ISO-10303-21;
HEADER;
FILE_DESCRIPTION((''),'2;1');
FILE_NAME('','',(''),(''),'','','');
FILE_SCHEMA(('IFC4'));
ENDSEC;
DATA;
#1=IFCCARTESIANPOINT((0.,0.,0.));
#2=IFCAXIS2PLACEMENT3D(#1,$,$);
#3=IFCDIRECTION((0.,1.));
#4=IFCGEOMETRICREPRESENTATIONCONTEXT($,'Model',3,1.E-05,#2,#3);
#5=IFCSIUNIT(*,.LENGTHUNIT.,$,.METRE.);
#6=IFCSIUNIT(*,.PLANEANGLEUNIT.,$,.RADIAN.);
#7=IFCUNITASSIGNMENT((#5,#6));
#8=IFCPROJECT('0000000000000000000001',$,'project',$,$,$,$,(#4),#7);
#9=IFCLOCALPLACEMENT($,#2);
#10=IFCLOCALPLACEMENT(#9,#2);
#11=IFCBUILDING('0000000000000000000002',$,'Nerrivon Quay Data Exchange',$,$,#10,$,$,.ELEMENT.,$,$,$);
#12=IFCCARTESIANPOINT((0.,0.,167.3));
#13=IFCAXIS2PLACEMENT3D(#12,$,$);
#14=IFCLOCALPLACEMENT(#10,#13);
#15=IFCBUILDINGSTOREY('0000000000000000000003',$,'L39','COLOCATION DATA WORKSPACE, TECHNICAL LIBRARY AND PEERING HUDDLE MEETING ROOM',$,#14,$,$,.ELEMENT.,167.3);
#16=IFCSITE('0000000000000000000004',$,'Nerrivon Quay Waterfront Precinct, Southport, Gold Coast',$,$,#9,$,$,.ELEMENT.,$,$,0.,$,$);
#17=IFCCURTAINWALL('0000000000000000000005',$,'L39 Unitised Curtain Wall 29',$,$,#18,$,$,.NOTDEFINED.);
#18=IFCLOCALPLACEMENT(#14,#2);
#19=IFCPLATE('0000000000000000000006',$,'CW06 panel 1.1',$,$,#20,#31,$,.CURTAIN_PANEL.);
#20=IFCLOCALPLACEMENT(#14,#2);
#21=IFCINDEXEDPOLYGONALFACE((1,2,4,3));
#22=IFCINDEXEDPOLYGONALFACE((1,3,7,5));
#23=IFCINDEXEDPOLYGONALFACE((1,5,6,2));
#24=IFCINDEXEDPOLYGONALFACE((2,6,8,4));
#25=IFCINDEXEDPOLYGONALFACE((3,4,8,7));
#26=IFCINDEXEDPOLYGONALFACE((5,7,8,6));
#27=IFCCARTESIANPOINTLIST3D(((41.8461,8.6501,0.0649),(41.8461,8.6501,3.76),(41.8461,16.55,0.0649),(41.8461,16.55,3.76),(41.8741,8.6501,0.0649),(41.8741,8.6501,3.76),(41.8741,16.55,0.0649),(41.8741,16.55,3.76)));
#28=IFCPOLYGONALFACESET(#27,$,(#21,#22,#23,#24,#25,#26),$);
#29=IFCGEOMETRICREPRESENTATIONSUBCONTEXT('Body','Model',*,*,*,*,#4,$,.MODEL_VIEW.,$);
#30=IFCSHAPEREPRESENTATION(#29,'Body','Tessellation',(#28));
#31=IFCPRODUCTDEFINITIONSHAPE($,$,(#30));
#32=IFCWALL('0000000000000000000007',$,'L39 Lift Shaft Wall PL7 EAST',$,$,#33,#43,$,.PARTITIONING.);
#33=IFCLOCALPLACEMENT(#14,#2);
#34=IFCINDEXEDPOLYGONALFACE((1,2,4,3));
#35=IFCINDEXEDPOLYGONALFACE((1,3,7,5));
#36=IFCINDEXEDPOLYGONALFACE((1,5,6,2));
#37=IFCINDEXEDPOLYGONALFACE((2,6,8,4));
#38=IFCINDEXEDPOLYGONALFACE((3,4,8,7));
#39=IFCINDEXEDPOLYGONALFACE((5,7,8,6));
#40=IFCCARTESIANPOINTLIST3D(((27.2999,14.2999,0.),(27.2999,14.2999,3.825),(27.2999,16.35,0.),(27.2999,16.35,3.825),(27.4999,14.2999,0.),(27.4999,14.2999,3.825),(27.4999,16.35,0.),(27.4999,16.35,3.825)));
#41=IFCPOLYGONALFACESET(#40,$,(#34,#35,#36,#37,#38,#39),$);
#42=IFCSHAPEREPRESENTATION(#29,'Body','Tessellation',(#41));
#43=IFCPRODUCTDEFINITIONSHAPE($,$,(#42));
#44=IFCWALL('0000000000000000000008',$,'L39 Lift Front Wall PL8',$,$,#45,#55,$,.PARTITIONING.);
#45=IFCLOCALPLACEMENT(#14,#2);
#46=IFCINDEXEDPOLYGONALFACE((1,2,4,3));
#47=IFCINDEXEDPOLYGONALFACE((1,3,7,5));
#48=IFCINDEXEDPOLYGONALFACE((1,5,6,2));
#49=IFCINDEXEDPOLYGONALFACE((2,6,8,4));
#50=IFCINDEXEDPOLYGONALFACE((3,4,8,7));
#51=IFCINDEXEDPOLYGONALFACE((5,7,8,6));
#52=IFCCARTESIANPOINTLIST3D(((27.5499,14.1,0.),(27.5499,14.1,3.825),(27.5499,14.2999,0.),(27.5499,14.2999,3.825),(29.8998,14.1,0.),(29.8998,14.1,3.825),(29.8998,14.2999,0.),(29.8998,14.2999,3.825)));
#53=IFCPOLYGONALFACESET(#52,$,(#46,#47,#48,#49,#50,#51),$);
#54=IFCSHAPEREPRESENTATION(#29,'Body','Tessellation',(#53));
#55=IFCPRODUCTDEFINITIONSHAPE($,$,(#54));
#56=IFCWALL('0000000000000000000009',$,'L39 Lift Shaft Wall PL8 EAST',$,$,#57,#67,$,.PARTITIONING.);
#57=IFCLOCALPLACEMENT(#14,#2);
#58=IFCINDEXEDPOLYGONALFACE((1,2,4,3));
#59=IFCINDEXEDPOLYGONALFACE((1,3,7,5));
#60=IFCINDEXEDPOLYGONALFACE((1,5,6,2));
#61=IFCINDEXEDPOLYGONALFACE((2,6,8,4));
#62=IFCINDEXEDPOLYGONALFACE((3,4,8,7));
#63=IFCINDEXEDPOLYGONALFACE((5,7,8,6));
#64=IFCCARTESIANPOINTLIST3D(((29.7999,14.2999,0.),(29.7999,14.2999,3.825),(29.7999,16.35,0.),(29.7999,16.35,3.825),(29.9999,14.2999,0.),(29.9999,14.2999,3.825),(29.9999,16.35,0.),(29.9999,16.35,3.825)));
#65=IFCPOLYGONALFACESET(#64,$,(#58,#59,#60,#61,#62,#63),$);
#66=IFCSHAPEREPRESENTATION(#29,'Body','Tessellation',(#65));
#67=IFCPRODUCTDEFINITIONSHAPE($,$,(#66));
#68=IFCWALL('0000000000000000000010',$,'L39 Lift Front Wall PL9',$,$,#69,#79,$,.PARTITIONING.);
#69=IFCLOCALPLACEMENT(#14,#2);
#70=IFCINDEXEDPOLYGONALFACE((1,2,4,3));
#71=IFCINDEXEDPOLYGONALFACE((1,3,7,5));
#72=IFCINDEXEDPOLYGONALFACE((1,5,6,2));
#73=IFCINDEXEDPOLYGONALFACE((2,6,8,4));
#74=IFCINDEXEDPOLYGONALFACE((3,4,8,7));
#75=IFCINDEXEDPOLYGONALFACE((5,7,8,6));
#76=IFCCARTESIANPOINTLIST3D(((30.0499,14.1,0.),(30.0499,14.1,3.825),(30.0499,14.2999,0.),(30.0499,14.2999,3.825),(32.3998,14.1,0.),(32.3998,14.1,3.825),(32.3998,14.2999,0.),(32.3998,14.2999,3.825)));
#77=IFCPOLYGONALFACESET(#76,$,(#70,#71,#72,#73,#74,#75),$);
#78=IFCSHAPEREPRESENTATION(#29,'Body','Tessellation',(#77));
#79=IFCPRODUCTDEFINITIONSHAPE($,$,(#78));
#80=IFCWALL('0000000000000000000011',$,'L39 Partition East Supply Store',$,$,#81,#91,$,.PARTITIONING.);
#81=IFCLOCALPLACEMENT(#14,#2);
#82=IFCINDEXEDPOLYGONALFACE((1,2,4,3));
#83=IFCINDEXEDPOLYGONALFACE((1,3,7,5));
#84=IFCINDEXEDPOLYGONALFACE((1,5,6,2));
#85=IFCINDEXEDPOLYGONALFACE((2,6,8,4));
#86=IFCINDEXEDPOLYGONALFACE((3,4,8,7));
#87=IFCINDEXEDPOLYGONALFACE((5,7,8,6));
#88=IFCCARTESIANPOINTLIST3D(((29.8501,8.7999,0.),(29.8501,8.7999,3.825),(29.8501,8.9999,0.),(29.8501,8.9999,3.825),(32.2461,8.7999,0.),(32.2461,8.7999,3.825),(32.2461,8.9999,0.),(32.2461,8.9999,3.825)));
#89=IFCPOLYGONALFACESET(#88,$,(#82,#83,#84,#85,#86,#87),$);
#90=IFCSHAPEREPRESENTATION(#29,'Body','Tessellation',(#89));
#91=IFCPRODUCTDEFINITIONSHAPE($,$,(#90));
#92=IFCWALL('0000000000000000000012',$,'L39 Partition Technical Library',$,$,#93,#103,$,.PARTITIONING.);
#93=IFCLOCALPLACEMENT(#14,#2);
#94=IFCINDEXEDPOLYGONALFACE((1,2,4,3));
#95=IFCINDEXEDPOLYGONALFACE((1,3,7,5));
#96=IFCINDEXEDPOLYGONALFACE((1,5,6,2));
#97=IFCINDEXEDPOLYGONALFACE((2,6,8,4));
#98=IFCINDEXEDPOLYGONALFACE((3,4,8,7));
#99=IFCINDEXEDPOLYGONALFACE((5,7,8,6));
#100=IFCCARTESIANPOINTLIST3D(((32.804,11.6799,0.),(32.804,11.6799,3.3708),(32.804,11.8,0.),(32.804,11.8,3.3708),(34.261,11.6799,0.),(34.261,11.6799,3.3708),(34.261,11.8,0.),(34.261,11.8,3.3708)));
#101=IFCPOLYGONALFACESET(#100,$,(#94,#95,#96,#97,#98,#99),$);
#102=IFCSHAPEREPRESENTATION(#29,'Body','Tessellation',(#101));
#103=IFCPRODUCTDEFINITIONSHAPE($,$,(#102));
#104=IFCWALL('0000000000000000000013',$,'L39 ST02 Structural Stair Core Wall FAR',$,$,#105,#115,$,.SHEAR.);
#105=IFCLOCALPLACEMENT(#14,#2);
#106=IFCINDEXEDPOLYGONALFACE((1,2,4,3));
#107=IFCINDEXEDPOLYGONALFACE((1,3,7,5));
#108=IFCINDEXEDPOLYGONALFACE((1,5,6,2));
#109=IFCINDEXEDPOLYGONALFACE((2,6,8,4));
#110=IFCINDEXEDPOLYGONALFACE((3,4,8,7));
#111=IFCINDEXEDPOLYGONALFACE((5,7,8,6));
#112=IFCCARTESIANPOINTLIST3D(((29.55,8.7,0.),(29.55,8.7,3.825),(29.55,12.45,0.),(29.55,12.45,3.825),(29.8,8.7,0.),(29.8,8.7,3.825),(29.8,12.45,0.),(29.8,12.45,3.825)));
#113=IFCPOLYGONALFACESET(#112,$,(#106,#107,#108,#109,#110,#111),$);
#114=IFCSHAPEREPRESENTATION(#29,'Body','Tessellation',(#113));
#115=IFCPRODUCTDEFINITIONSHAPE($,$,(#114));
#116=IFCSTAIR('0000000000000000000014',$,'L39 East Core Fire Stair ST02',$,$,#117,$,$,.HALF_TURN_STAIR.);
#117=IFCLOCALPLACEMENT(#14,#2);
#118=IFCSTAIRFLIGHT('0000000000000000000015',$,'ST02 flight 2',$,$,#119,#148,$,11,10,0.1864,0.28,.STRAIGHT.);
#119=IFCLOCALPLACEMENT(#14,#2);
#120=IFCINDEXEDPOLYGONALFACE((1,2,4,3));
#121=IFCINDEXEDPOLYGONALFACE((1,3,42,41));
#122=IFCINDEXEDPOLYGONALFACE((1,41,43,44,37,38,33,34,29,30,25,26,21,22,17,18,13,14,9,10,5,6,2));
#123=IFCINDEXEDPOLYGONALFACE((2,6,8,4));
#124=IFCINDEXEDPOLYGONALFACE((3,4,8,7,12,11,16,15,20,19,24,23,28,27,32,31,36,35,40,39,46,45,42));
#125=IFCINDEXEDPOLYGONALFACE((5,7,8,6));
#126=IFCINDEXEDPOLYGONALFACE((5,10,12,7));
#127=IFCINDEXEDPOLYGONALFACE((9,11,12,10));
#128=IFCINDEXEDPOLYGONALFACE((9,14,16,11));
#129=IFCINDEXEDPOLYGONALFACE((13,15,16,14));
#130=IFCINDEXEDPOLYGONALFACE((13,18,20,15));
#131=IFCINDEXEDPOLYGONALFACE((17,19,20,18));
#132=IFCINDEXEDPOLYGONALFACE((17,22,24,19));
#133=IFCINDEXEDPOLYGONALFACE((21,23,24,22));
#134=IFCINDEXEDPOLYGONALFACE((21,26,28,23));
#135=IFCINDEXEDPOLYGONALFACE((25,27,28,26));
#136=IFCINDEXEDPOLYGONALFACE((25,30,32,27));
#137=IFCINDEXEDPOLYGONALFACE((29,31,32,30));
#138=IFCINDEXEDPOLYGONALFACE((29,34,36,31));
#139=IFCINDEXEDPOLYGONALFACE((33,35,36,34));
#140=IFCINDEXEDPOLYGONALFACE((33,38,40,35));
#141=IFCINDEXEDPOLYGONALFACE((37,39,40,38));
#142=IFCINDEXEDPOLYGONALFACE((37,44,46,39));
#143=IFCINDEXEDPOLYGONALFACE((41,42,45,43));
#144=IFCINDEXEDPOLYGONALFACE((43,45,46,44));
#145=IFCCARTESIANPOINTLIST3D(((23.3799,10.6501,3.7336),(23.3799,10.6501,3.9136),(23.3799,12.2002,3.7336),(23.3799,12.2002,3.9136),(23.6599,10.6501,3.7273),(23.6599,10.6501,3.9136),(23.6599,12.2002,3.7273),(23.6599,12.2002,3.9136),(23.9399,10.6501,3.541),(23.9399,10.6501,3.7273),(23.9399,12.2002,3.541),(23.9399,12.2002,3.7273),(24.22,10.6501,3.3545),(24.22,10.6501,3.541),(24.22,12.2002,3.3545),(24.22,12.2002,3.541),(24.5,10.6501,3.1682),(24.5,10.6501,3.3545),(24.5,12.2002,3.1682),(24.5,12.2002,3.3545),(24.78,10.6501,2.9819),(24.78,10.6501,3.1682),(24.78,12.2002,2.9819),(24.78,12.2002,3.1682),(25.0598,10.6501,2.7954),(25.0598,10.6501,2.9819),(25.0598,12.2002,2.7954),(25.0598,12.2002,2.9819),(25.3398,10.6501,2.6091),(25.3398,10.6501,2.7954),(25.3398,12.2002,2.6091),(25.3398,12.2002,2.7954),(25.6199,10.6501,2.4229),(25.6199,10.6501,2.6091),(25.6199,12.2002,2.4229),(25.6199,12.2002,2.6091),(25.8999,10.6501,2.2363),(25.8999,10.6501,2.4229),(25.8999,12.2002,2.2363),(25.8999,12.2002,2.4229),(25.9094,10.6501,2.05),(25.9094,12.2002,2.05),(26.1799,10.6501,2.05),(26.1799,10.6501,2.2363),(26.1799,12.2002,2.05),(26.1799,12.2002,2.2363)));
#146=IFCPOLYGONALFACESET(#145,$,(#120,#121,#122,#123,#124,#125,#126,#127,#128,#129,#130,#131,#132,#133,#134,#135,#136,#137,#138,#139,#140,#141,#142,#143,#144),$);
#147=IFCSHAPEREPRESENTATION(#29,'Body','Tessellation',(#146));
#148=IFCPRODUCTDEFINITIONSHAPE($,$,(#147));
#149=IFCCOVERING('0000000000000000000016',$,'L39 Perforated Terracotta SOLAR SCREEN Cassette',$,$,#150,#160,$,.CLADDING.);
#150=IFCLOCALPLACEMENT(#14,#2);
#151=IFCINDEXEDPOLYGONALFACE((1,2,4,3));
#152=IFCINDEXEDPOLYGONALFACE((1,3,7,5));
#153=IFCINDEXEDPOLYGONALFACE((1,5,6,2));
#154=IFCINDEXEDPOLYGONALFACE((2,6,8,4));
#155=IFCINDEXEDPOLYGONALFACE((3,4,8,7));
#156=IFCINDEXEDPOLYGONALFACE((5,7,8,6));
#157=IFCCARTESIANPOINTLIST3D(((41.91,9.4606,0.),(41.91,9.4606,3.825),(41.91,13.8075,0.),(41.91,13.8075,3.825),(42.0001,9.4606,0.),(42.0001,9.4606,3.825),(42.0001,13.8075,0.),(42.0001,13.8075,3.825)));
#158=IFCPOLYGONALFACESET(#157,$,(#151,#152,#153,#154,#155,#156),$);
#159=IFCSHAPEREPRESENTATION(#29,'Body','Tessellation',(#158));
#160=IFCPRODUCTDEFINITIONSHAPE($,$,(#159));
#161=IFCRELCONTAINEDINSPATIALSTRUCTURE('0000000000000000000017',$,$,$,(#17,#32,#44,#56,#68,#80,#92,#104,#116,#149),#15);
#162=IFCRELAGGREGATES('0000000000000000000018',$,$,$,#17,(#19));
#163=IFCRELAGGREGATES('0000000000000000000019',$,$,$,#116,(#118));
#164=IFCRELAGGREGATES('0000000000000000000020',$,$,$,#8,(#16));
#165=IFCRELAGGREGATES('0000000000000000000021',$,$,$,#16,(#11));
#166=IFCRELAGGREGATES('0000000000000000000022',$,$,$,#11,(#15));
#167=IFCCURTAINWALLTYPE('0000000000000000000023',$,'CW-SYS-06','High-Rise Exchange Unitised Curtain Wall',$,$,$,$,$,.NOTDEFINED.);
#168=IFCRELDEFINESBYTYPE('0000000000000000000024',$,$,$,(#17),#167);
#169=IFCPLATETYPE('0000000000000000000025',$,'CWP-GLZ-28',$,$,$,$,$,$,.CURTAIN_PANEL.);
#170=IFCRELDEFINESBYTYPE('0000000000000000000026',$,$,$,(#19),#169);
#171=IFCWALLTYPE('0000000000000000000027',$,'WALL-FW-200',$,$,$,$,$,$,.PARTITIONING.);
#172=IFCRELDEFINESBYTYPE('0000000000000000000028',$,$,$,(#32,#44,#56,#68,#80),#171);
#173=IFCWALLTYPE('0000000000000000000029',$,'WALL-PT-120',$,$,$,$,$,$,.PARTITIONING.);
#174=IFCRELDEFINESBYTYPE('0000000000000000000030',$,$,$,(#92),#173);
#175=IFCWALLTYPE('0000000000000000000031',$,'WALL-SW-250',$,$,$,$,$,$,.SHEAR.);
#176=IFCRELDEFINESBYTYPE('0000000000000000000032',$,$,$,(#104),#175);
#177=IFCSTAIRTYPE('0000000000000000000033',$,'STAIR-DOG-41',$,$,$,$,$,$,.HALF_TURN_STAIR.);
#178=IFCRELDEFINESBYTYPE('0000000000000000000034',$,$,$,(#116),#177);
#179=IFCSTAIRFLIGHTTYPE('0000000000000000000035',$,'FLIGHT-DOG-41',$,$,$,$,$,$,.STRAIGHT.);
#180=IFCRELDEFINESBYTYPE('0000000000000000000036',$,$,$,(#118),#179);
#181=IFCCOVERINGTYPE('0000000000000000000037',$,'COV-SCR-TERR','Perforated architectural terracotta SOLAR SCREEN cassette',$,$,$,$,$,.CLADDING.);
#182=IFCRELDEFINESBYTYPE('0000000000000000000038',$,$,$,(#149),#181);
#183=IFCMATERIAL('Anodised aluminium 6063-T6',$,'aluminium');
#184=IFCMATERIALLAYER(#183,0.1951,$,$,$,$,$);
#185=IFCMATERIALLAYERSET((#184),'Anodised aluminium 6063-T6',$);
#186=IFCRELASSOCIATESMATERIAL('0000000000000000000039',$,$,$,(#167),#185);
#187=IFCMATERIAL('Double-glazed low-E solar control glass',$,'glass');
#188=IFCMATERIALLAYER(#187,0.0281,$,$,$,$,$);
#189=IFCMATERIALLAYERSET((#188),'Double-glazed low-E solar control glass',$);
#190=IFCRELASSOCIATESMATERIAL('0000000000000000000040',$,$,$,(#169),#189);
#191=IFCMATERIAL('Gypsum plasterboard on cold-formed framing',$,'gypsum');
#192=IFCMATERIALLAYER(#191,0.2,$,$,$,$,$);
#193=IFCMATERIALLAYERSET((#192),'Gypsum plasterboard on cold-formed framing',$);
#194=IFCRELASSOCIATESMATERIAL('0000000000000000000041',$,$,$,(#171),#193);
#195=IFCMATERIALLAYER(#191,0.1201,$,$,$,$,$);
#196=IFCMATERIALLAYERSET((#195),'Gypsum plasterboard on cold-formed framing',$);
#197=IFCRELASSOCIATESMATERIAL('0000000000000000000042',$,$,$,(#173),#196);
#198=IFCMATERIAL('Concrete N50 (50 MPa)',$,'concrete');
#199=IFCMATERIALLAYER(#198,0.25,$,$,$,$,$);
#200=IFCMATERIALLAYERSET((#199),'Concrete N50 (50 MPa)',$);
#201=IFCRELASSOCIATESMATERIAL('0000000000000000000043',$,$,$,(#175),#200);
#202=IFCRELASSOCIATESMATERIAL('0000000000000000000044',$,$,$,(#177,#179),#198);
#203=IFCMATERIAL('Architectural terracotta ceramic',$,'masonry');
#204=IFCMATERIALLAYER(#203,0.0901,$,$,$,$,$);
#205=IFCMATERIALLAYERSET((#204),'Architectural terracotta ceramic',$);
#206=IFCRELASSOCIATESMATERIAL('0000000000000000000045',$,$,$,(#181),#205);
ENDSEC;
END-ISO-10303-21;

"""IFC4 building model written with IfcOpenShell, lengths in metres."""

from ifc_helpers import new_model, si_unit, direction, frame, frame_2d, origin, origin_2d, place, context, subcontext, project, spatial, polyline, rectangle, outline, extrude, material, layer, layer_set, type_object, element, aggregate, save


model = new_model("IFC4")

# Units and contexts
model_context = context("Model", 3, precision=1e-05, world=origin(), true_north=direction((0.0, 1.0)))
body_context = subcontext(model_context, "Body", "Model", "MODEL_VIEW")
ifc_project = project(units=[si_unit("LENGTHUNIT", "METRE"), si_unit("PLANEANGLEUNIT", "RADIAN")], contexts=[model_context])

# Site, building, storey
site_placement = place(None, origin())
site = spatial("IfcSite", under=ifc_project, at=site_placement, Name="Nerrivon Quay Waterfront Precinct, Southport, Gold Coast", CompositionType="ELEMENT", RefElevation=0.0)
building_placement = place(site_placement, origin())
building = spatial("IfcBuilding", under=site, at=building_placement, Name="Nerrivon Quay Data Exchange", CompositionType="ELEMENT")
storey_placement = place(building_placement, frame((0.0, 0.0, 167.3)))
storey = spatial("IfcBuildingStorey", under=building, at=storey_placement, Name="L39", Description="COLOCATION DATA WORKSPACE, TECHNICAL LIBRARY AND PEERING HUDDLE MEETING ROOM", CompositionType="ELEMENT", Elevation=167.3)

# Curtain wall, plate
ifc_material_1 = material(Name="Anodised aluminium 6063-T6", Category="aluminium")
ifc_layer_1 = layer(ifc_material_1, 0.1951)
ifc_layer_set_1 = layer_set([ifc_layer_1], Name="Anodised aluminium 6063-T6")
curtain_wall_type = type_object("IfcCurtainWallType", Name="CW-SYS-06", Description="High-Rise Exchange Unitised Curtain Wall", PredefinedType="NOTDEFINED", material=ifc_layer_set_1)
curtain_wall_placement = place(storey_placement, origin())
curtain_wall = element("IfcCurtainWall", 1, at=curtain_wall_placement, inside=storey, type_object=curtain_wall_type, Name="L39 Unitised Curtain Wall 29", PredefinedType="NOTDEFINED")
ifc_material_2 = material(Name="Double-glazed low-E solar control glass", Category="glass")
ifc_layer_2 = layer(ifc_material_2, 0.0281)
ifc_layer_set_2 = layer_set([ifc_layer_2], Name="Double-glazed low-E solar control glass")
plate_type = type_object("IfcPlateType", Name="CWP-GLZ-28", PredefinedType="CURTAIN_PANEL", material=ifc_layer_set_2)
plate_placement = place(storey_placement, frame((41.8601, 12.6001, 0.0649), z_axis=(0.0, 0.0, 1.0), x_axis=(0.0, -1.0, 0.0)))
plate = element("IfcPlate", 2, at=plate_placement, type_object=plate_type, Name="CW06 panel 1.1", PredefinedType="CURTAIN_PANEL", context=body_context, shape_type="SweptSolid", body=[
    extrude(rectangle(XDim=7.8999, YDim=0.0281, at=origin_2d()), origin(), (0.0, 0.0, 1.0), 3.6951),
])
aggregate(curtain_wall, [plate])

# Walls
ifc_material_3 = material(Name="Gypsum plasterboard on cold-formed framing", Category="gypsum")
ifc_layer_3 = layer(ifc_material_3, 0.2)
ifc_layer_set_3 = layer_set([ifc_layer_3], Name="Gypsum plasterboard on cold-formed framing")
wall_type_1 = type_object("IfcWallType", Name="WALL-FW-200", PredefinedType="PARTITIONING", material=ifc_layer_set_3)
wall_1_placement = place(storey_placement, frame((27.3999, 14.3, 0.0), z_axis=(0.0, 0.0, 1.0), x_axis=(0.0, 1.0, 0.0)))
element("IfcWall", 3, at=wall_1_placement, inside=storey, type_object=wall_type_1, Name="L39 Lift Shaft Wall PL7 EAST", PredefinedType="PARTITIONING", context=body_context, shape_type="SweptSolid", body=[
    extrude(rectangle(XDim=2.05, YDim=0.2, at=frame_2d((1.0249, 0.0))), origin(), (0.0, 0.0, 1.0), 3.825),
])
wall_2_placement = place(storey_placement, frame((27.55, 14.2, 0.0), z_axis=(0.0, 0.0, 1.0), x_axis=(1.0, 0.0, 0.0)))
element("IfcWall", 4, at=wall_2_placement, inside=storey, type_object=wall_type_1, Name="L39 Lift Front Wall PL8", PredefinedType="PARTITIONING", context=body_context, shape_type="SweptSolid", body=[
    extrude(rectangle(XDim=2.3499, YDim=0.2, at=frame_2d((1.1748, 0.0))), origin(), (0.0, 0.0, 1.0), 3.825),
])
wall_3_placement = place(storey_placement, frame((29.8999, 14.3, 0.0), z_axis=(0.0, 0.0, 1.0), x_axis=(0.0, 1.0, 0.0)))
element("IfcWall", 5, at=wall_3_placement, inside=storey, type_object=wall_type_1, Name="L39 Lift Shaft Wall PL8 EAST", PredefinedType="PARTITIONING", context=body_context, shape_type="SweptSolid", body=[
    extrude(rectangle(XDim=2.05, YDim=0.2, at=frame_2d((1.0249, 0.0))), origin(), (0.0, 0.0, 1.0), 3.825),
])
wall_4_placement = place(storey_placement, frame((30.05, 14.2, 0.0), z_axis=(0.0, 0.0, 1.0), x_axis=(1.0, 0.0, 0.0)))
element("IfcWall", 6, at=wall_4_placement, inside=storey, type_object=wall_type_1, Name="L39 Lift Front Wall PL9", PredefinedType="PARTITIONING", context=body_context, shape_type="SweptSolid", body=[
    extrude(rectangle(XDim=2.3499, YDim=0.2, at=frame_2d((1.1748, 0.0))), origin(), (0.0, 0.0, 1.0), 3.825),
])

# Walls
wall_5_placement = place(storey_placement, frame((29.8501, 8.8999, 0.0), z_axis=(0.0, 0.0, 1.0), x_axis=(1.0, 0.0, 0.0)))
element("IfcWall", 7, at=wall_5_placement, inside=storey, type_object=wall_type_1, Name="L39 Partition East Supply Store", PredefinedType="PARTITIONING", context=body_context, shape_type="SweptSolid", body=[
    extrude(rectangle(XDim=2.396, YDim=0.2, at=frame_2d((1.198, 0.0))), origin(), (0.0, 0.0, 1.0), 3.825),
])
ifc_layer_4 = layer(ifc_material_3, 0.1201)
ifc_layer_set_4 = layer_set([ifc_layer_4], Name="Gypsum plasterboard on cold-formed framing")
wall_type_2 = type_object("IfcWallType", Name="WALL-PT-120", PredefinedType="PARTITIONING", material=ifc_layer_set_4)
wall_6_placement = place(storey_placement, frame((34.261, 11.74, 0.0), z_axis=(0.0, 0.0, 1.0), x_axis=(-1.0, 0.0, 0.0)))
element("IfcWall", 8, at=wall_6_placement, inside=storey, type_object=wall_type_2, Name="L39 Partition Technical Library", PredefinedType="PARTITIONING", context=body_context, shape_type="SweptSolid", body=[
    extrude(rectangle(XDim=1.457, YDim=0.1201, at=frame_2d((0.7285, 0.0))), origin(), (0.0, 0.0, 1.0), 3.3708),
])
ifc_material_4 = material(Name="Concrete N50 (50 MPa)", Category="concrete")
ifc_layer_5 = layer(ifc_material_4, 0.25)
ifc_layer_set_5 = layer_set([ifc_layer_5], Name="Concrete N50 (50 MPa)")
wall_type_3 = type_object("IfcWallType", Name="WALL-SW-250", PredefinedType="SHEAR", material=ifc_layer_set_5)
wall_7_placement = place(storey_placement, frame((29.675, 8.7, 0.0), z_axis=(0.0, 0.0, 1.0), x_axis=(0.0, 1.0, 0.0)))
element("IfcWall", 9, at=wall_7_placement, inside=storey, type_object=wall_type_3, Name="L39 ST02 Structural Stair Core Wall FAR", PredefinedType="SHEAR", context=body_context, shape_type="SweptSolid", body=[
    extrude(rectangle(XDim=3.75, YDim=0.25, at=frame_2d((1.875, 0.0))), origin(), (0.0, 0.0, 1.0), 3.825),
])

# Stair, stair flight
stair_type = type_object("IfcStairType", Name="STAIR-DOG-41", PredefinedType="HALF_TURN_STAIR", material=ifc_material_4)
stair_placement = place(storey_placement, origin())
stair = element("IfcStair", 10, at=stair_placement, inside=storey, type_object=stair_type, Name="L39 East Core Fire Stair ST02", PredefinedType="HALF_TURN_STAIR")
stair_flight_type = type_object("IfcStairFlightType", Name="FLIGHT-DOG-41", PredefinedType="STRAIGHT", material=ifc_material_4)
stair_flight_placement = place(storey_placement, frame((26.1799, 11.425, 2.05), z_axis=(0.0, 0.0, 1.0), x_axis=(-1.0, 0.0, 0.0)))
stair_flight = element("IfcStairFlight", 11, at=stair_flight_placement, type_object=stair_flight_type, Name="ST02 flight 2", NumberOfRisers=11, NumberOfTreads=10, PredefinedType="STRAIGHT", RiserHeight=0.1864, TreadLength=0.28, context=body_context, shape_type="SweptSolid", body=[
    extrude(outline(polyline([(0.0, 0.0), (0.0, 0.1863), (0.28, 0.1863), (0.28, 0.3728), (0.5601, 0.3728), (0.5601, 0.5591), (0.8401, 0.5591), (0.8401, 0.7454), (1.1201, 0.7454), (1.1201, 0.9319), (1.3999, 0.9319), (1.3999, 1.1182), (1.6799, 1.1182), (1.6799, 1.3044), (1.96, 1.3044), (1.96, 1.491), (2.24, 1.491), (2.24, 1.6772), (2.52, 1.6772), (2.52, 1.8635), (2.8, 1.8635), (2.8, 2.05), (2.8, 1.6836), (0.2705, 0.0), (0.0, 0.0)])), frame((0.0, 0.7749, 0.0), z_axis=(0.0, -1.0, 0.0), x_axis=(1.0, 0.0, 0.0)), (0.0, 0.0, 1.0), 1.55),
])
aggregate(stair, [stair_flight])

# Covering
ifc_material_5 = material(Name="Architectural terracotta ceramic", Category="masonry")
ifc_layer_6 = layer(ifc_material_5, 0.0901)
ifc_layer_set_6 = layer_set([ifc_layer_6], Name="Architectural terracotta ceramic")
covering_type = type_object("IfcCoveringType", Name="COV-SCR-TERR", Description="Perforated architectural terracotta SOLAR SCREEN cassette", PredefinedType="CLADDING", material=ifc_layer_set_6)
covering_placement = place(storey_placement, frame((41.9551, 11.634, 0.0), z_axis=(0.0, 0.0, 1.0), x_axis=(0.0, -1.0, 0.0)))
element("IfcCovering", 12, at=covering_placement, inside=storey, type_object=covering_type, Name="L39 Perforated Terracotta SOLAR SCREEN Cassette", PredefinedType="CLADDING", context=body_context, shape_type="SweptSolid", body=[
    extrude(rectangle(XDim=4.3469, YDim=0.0901, at=origin_2d()), origin(), (0.0, 0.0, 1.0), 3.825),
])

save(model, "model.ifc")
